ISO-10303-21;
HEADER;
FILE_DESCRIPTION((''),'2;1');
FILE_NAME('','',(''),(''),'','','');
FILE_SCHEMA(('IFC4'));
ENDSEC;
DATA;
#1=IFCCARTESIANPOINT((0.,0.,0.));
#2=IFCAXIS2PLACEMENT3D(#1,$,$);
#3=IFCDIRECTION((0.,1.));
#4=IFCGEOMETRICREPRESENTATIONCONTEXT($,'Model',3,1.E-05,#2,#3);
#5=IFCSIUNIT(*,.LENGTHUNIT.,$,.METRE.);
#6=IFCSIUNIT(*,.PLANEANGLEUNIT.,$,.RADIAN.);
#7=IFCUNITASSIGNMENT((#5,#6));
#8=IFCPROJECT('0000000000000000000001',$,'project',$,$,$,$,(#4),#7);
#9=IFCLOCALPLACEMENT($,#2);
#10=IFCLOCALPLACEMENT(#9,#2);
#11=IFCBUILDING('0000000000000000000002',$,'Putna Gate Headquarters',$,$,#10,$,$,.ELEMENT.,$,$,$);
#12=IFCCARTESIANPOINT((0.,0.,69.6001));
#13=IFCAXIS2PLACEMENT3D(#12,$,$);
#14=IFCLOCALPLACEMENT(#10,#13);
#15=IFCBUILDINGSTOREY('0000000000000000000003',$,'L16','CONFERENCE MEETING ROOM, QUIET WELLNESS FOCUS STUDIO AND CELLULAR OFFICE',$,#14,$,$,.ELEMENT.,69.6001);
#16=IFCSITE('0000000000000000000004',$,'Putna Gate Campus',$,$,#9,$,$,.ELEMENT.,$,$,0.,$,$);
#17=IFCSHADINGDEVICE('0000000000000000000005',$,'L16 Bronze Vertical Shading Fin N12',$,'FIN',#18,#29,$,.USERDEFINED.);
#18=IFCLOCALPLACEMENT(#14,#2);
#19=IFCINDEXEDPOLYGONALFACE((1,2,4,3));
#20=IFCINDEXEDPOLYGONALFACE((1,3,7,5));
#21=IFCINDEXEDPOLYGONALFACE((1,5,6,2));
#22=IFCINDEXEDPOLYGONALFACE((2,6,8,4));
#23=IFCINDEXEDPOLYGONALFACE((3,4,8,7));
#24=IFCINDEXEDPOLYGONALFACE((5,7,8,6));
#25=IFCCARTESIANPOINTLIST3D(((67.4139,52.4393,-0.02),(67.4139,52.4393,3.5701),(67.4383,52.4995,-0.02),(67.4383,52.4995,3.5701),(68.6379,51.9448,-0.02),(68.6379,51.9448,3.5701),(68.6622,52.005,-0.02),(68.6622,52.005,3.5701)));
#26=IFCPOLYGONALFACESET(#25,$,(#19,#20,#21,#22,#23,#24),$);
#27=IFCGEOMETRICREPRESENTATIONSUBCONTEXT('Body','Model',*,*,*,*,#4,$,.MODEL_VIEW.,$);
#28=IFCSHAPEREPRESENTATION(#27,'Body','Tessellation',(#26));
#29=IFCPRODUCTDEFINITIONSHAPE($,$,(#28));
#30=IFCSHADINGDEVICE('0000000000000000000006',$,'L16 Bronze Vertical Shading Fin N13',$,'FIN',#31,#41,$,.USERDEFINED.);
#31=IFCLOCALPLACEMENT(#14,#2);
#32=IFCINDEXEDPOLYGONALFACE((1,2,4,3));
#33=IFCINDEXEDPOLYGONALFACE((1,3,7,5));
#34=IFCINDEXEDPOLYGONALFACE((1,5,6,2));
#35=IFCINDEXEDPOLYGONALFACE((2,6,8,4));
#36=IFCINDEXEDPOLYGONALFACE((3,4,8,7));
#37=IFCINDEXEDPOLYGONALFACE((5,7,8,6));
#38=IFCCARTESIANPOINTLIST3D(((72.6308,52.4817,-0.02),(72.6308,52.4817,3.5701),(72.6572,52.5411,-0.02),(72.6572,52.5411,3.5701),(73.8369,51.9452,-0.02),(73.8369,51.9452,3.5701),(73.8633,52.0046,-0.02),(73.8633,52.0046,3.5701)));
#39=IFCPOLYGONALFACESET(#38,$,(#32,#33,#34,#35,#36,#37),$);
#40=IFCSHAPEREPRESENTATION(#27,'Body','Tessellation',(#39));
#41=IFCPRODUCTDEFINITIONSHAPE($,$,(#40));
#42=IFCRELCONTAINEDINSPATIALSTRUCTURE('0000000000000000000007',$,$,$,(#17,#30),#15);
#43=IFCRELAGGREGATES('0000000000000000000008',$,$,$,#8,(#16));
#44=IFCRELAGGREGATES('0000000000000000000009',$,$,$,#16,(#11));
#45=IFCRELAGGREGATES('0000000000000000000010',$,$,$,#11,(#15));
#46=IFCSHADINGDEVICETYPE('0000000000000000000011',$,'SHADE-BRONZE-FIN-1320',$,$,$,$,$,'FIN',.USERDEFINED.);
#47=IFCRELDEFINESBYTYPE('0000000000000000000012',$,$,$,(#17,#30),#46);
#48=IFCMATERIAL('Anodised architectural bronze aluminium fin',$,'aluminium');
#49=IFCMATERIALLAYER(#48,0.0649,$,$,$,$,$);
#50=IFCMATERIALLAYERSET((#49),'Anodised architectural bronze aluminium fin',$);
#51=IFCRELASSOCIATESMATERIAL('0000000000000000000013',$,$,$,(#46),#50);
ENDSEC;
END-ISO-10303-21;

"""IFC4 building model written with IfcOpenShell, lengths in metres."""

from ifc_helpers import new_model, si_unit, direction, frame, origin, origin_2d, place, context, subcontext, project, spatial, rectangle, extrude, material, layer, layer_set, type_object, element, save


model = new_model("IFC4")

# Units and contexts
model_context = context("Model", 3, precision=1e-05, world=origin(), true_north=direction((0.0, 1.0)))
body_context = subcontext(model_context, "Body", "Model", "MODEL_VIEW")
ifc_project = project(units=[si_unit("LENGTHUNIT", "METRE"), si_unit("PLANEANGLEUNIT", "RADIAN")], contexts=[model_context])

# Site, building, storey
site_placement = place(None, origin())
site = spatial("IfcSite", under=ifc_project, at=site_placement, Name="Putna Gate Campus", CompositionType="ELEMENT", RefElevation=0.0)
building_placement = place(site_placement, origin())
building = spatial("IfcBuilding", under=site, at=building_placement, Name="Putna Gate Headquarters", CompositionType="ELEMENT")
storey_placement = place(building_placement, frame((0.0, 0.0, 69.6001)))
storey = spatial("IfcBuildingStorey", under=building, at=storey_placement, Name="L16", Description="CONFERENCE MEETING ROOM, QUIET WELLNESS FOCUS STUDIO AND CELLULAR OFFICE", CompositionType="ELEMENT", Elevation=69.6001)

# Shading devices
ifc_material_1 = material(Name="Anodised architectural bronze aluminium fin", Category="aluminium")
ifc_layer_1 = layer(ifc_material_1, 0.0649)
ifc_layer_set_1 = layer_set([ifc_layer_1], Name="Anodised architectural bronze aluminium fin")
shading_device_type = type_object("IfcShadingDeviceType", Name="SHADE-BRONZE-FIN-1320", ElementType="FIN", PredefinedType="USERDEFINED", material=ifc_layer_set_1)
for number, where, z_axis, x_axis, name in (
    (1, (68.0381, 52.2222, -0.02), (0.0, 0.0, 1.0), (-0.927184, 0.374607, 0.0), "L16 Bronze Vertical Shading Fin N12"),
    (2, (73.2471, 52.2432, -0.02), (0.0, 0.0, 1.0), (-0.913687, 0.406418, 0.0), "L16 Bronze Vertical Shading Fin N13"),
):
    element("IfcShadingDevice", number, at=place(storey_placement, frame(where, z_axis=z_axis, x_axis=x_axis)), inside=storey, type_object=shading_device_type, Name=name, ObjectType="FIN", PredefinedType="USERDEFINED", context=body_context, shape_type="SweptSolid", body=[
        extrude(rectangle(XDim=1.3201, YDim=0.0649, at=origin_2d()), origin(), (0.0, 0.0, 1.0), 3.5901),
    ])

save(model, "model.ifc")
